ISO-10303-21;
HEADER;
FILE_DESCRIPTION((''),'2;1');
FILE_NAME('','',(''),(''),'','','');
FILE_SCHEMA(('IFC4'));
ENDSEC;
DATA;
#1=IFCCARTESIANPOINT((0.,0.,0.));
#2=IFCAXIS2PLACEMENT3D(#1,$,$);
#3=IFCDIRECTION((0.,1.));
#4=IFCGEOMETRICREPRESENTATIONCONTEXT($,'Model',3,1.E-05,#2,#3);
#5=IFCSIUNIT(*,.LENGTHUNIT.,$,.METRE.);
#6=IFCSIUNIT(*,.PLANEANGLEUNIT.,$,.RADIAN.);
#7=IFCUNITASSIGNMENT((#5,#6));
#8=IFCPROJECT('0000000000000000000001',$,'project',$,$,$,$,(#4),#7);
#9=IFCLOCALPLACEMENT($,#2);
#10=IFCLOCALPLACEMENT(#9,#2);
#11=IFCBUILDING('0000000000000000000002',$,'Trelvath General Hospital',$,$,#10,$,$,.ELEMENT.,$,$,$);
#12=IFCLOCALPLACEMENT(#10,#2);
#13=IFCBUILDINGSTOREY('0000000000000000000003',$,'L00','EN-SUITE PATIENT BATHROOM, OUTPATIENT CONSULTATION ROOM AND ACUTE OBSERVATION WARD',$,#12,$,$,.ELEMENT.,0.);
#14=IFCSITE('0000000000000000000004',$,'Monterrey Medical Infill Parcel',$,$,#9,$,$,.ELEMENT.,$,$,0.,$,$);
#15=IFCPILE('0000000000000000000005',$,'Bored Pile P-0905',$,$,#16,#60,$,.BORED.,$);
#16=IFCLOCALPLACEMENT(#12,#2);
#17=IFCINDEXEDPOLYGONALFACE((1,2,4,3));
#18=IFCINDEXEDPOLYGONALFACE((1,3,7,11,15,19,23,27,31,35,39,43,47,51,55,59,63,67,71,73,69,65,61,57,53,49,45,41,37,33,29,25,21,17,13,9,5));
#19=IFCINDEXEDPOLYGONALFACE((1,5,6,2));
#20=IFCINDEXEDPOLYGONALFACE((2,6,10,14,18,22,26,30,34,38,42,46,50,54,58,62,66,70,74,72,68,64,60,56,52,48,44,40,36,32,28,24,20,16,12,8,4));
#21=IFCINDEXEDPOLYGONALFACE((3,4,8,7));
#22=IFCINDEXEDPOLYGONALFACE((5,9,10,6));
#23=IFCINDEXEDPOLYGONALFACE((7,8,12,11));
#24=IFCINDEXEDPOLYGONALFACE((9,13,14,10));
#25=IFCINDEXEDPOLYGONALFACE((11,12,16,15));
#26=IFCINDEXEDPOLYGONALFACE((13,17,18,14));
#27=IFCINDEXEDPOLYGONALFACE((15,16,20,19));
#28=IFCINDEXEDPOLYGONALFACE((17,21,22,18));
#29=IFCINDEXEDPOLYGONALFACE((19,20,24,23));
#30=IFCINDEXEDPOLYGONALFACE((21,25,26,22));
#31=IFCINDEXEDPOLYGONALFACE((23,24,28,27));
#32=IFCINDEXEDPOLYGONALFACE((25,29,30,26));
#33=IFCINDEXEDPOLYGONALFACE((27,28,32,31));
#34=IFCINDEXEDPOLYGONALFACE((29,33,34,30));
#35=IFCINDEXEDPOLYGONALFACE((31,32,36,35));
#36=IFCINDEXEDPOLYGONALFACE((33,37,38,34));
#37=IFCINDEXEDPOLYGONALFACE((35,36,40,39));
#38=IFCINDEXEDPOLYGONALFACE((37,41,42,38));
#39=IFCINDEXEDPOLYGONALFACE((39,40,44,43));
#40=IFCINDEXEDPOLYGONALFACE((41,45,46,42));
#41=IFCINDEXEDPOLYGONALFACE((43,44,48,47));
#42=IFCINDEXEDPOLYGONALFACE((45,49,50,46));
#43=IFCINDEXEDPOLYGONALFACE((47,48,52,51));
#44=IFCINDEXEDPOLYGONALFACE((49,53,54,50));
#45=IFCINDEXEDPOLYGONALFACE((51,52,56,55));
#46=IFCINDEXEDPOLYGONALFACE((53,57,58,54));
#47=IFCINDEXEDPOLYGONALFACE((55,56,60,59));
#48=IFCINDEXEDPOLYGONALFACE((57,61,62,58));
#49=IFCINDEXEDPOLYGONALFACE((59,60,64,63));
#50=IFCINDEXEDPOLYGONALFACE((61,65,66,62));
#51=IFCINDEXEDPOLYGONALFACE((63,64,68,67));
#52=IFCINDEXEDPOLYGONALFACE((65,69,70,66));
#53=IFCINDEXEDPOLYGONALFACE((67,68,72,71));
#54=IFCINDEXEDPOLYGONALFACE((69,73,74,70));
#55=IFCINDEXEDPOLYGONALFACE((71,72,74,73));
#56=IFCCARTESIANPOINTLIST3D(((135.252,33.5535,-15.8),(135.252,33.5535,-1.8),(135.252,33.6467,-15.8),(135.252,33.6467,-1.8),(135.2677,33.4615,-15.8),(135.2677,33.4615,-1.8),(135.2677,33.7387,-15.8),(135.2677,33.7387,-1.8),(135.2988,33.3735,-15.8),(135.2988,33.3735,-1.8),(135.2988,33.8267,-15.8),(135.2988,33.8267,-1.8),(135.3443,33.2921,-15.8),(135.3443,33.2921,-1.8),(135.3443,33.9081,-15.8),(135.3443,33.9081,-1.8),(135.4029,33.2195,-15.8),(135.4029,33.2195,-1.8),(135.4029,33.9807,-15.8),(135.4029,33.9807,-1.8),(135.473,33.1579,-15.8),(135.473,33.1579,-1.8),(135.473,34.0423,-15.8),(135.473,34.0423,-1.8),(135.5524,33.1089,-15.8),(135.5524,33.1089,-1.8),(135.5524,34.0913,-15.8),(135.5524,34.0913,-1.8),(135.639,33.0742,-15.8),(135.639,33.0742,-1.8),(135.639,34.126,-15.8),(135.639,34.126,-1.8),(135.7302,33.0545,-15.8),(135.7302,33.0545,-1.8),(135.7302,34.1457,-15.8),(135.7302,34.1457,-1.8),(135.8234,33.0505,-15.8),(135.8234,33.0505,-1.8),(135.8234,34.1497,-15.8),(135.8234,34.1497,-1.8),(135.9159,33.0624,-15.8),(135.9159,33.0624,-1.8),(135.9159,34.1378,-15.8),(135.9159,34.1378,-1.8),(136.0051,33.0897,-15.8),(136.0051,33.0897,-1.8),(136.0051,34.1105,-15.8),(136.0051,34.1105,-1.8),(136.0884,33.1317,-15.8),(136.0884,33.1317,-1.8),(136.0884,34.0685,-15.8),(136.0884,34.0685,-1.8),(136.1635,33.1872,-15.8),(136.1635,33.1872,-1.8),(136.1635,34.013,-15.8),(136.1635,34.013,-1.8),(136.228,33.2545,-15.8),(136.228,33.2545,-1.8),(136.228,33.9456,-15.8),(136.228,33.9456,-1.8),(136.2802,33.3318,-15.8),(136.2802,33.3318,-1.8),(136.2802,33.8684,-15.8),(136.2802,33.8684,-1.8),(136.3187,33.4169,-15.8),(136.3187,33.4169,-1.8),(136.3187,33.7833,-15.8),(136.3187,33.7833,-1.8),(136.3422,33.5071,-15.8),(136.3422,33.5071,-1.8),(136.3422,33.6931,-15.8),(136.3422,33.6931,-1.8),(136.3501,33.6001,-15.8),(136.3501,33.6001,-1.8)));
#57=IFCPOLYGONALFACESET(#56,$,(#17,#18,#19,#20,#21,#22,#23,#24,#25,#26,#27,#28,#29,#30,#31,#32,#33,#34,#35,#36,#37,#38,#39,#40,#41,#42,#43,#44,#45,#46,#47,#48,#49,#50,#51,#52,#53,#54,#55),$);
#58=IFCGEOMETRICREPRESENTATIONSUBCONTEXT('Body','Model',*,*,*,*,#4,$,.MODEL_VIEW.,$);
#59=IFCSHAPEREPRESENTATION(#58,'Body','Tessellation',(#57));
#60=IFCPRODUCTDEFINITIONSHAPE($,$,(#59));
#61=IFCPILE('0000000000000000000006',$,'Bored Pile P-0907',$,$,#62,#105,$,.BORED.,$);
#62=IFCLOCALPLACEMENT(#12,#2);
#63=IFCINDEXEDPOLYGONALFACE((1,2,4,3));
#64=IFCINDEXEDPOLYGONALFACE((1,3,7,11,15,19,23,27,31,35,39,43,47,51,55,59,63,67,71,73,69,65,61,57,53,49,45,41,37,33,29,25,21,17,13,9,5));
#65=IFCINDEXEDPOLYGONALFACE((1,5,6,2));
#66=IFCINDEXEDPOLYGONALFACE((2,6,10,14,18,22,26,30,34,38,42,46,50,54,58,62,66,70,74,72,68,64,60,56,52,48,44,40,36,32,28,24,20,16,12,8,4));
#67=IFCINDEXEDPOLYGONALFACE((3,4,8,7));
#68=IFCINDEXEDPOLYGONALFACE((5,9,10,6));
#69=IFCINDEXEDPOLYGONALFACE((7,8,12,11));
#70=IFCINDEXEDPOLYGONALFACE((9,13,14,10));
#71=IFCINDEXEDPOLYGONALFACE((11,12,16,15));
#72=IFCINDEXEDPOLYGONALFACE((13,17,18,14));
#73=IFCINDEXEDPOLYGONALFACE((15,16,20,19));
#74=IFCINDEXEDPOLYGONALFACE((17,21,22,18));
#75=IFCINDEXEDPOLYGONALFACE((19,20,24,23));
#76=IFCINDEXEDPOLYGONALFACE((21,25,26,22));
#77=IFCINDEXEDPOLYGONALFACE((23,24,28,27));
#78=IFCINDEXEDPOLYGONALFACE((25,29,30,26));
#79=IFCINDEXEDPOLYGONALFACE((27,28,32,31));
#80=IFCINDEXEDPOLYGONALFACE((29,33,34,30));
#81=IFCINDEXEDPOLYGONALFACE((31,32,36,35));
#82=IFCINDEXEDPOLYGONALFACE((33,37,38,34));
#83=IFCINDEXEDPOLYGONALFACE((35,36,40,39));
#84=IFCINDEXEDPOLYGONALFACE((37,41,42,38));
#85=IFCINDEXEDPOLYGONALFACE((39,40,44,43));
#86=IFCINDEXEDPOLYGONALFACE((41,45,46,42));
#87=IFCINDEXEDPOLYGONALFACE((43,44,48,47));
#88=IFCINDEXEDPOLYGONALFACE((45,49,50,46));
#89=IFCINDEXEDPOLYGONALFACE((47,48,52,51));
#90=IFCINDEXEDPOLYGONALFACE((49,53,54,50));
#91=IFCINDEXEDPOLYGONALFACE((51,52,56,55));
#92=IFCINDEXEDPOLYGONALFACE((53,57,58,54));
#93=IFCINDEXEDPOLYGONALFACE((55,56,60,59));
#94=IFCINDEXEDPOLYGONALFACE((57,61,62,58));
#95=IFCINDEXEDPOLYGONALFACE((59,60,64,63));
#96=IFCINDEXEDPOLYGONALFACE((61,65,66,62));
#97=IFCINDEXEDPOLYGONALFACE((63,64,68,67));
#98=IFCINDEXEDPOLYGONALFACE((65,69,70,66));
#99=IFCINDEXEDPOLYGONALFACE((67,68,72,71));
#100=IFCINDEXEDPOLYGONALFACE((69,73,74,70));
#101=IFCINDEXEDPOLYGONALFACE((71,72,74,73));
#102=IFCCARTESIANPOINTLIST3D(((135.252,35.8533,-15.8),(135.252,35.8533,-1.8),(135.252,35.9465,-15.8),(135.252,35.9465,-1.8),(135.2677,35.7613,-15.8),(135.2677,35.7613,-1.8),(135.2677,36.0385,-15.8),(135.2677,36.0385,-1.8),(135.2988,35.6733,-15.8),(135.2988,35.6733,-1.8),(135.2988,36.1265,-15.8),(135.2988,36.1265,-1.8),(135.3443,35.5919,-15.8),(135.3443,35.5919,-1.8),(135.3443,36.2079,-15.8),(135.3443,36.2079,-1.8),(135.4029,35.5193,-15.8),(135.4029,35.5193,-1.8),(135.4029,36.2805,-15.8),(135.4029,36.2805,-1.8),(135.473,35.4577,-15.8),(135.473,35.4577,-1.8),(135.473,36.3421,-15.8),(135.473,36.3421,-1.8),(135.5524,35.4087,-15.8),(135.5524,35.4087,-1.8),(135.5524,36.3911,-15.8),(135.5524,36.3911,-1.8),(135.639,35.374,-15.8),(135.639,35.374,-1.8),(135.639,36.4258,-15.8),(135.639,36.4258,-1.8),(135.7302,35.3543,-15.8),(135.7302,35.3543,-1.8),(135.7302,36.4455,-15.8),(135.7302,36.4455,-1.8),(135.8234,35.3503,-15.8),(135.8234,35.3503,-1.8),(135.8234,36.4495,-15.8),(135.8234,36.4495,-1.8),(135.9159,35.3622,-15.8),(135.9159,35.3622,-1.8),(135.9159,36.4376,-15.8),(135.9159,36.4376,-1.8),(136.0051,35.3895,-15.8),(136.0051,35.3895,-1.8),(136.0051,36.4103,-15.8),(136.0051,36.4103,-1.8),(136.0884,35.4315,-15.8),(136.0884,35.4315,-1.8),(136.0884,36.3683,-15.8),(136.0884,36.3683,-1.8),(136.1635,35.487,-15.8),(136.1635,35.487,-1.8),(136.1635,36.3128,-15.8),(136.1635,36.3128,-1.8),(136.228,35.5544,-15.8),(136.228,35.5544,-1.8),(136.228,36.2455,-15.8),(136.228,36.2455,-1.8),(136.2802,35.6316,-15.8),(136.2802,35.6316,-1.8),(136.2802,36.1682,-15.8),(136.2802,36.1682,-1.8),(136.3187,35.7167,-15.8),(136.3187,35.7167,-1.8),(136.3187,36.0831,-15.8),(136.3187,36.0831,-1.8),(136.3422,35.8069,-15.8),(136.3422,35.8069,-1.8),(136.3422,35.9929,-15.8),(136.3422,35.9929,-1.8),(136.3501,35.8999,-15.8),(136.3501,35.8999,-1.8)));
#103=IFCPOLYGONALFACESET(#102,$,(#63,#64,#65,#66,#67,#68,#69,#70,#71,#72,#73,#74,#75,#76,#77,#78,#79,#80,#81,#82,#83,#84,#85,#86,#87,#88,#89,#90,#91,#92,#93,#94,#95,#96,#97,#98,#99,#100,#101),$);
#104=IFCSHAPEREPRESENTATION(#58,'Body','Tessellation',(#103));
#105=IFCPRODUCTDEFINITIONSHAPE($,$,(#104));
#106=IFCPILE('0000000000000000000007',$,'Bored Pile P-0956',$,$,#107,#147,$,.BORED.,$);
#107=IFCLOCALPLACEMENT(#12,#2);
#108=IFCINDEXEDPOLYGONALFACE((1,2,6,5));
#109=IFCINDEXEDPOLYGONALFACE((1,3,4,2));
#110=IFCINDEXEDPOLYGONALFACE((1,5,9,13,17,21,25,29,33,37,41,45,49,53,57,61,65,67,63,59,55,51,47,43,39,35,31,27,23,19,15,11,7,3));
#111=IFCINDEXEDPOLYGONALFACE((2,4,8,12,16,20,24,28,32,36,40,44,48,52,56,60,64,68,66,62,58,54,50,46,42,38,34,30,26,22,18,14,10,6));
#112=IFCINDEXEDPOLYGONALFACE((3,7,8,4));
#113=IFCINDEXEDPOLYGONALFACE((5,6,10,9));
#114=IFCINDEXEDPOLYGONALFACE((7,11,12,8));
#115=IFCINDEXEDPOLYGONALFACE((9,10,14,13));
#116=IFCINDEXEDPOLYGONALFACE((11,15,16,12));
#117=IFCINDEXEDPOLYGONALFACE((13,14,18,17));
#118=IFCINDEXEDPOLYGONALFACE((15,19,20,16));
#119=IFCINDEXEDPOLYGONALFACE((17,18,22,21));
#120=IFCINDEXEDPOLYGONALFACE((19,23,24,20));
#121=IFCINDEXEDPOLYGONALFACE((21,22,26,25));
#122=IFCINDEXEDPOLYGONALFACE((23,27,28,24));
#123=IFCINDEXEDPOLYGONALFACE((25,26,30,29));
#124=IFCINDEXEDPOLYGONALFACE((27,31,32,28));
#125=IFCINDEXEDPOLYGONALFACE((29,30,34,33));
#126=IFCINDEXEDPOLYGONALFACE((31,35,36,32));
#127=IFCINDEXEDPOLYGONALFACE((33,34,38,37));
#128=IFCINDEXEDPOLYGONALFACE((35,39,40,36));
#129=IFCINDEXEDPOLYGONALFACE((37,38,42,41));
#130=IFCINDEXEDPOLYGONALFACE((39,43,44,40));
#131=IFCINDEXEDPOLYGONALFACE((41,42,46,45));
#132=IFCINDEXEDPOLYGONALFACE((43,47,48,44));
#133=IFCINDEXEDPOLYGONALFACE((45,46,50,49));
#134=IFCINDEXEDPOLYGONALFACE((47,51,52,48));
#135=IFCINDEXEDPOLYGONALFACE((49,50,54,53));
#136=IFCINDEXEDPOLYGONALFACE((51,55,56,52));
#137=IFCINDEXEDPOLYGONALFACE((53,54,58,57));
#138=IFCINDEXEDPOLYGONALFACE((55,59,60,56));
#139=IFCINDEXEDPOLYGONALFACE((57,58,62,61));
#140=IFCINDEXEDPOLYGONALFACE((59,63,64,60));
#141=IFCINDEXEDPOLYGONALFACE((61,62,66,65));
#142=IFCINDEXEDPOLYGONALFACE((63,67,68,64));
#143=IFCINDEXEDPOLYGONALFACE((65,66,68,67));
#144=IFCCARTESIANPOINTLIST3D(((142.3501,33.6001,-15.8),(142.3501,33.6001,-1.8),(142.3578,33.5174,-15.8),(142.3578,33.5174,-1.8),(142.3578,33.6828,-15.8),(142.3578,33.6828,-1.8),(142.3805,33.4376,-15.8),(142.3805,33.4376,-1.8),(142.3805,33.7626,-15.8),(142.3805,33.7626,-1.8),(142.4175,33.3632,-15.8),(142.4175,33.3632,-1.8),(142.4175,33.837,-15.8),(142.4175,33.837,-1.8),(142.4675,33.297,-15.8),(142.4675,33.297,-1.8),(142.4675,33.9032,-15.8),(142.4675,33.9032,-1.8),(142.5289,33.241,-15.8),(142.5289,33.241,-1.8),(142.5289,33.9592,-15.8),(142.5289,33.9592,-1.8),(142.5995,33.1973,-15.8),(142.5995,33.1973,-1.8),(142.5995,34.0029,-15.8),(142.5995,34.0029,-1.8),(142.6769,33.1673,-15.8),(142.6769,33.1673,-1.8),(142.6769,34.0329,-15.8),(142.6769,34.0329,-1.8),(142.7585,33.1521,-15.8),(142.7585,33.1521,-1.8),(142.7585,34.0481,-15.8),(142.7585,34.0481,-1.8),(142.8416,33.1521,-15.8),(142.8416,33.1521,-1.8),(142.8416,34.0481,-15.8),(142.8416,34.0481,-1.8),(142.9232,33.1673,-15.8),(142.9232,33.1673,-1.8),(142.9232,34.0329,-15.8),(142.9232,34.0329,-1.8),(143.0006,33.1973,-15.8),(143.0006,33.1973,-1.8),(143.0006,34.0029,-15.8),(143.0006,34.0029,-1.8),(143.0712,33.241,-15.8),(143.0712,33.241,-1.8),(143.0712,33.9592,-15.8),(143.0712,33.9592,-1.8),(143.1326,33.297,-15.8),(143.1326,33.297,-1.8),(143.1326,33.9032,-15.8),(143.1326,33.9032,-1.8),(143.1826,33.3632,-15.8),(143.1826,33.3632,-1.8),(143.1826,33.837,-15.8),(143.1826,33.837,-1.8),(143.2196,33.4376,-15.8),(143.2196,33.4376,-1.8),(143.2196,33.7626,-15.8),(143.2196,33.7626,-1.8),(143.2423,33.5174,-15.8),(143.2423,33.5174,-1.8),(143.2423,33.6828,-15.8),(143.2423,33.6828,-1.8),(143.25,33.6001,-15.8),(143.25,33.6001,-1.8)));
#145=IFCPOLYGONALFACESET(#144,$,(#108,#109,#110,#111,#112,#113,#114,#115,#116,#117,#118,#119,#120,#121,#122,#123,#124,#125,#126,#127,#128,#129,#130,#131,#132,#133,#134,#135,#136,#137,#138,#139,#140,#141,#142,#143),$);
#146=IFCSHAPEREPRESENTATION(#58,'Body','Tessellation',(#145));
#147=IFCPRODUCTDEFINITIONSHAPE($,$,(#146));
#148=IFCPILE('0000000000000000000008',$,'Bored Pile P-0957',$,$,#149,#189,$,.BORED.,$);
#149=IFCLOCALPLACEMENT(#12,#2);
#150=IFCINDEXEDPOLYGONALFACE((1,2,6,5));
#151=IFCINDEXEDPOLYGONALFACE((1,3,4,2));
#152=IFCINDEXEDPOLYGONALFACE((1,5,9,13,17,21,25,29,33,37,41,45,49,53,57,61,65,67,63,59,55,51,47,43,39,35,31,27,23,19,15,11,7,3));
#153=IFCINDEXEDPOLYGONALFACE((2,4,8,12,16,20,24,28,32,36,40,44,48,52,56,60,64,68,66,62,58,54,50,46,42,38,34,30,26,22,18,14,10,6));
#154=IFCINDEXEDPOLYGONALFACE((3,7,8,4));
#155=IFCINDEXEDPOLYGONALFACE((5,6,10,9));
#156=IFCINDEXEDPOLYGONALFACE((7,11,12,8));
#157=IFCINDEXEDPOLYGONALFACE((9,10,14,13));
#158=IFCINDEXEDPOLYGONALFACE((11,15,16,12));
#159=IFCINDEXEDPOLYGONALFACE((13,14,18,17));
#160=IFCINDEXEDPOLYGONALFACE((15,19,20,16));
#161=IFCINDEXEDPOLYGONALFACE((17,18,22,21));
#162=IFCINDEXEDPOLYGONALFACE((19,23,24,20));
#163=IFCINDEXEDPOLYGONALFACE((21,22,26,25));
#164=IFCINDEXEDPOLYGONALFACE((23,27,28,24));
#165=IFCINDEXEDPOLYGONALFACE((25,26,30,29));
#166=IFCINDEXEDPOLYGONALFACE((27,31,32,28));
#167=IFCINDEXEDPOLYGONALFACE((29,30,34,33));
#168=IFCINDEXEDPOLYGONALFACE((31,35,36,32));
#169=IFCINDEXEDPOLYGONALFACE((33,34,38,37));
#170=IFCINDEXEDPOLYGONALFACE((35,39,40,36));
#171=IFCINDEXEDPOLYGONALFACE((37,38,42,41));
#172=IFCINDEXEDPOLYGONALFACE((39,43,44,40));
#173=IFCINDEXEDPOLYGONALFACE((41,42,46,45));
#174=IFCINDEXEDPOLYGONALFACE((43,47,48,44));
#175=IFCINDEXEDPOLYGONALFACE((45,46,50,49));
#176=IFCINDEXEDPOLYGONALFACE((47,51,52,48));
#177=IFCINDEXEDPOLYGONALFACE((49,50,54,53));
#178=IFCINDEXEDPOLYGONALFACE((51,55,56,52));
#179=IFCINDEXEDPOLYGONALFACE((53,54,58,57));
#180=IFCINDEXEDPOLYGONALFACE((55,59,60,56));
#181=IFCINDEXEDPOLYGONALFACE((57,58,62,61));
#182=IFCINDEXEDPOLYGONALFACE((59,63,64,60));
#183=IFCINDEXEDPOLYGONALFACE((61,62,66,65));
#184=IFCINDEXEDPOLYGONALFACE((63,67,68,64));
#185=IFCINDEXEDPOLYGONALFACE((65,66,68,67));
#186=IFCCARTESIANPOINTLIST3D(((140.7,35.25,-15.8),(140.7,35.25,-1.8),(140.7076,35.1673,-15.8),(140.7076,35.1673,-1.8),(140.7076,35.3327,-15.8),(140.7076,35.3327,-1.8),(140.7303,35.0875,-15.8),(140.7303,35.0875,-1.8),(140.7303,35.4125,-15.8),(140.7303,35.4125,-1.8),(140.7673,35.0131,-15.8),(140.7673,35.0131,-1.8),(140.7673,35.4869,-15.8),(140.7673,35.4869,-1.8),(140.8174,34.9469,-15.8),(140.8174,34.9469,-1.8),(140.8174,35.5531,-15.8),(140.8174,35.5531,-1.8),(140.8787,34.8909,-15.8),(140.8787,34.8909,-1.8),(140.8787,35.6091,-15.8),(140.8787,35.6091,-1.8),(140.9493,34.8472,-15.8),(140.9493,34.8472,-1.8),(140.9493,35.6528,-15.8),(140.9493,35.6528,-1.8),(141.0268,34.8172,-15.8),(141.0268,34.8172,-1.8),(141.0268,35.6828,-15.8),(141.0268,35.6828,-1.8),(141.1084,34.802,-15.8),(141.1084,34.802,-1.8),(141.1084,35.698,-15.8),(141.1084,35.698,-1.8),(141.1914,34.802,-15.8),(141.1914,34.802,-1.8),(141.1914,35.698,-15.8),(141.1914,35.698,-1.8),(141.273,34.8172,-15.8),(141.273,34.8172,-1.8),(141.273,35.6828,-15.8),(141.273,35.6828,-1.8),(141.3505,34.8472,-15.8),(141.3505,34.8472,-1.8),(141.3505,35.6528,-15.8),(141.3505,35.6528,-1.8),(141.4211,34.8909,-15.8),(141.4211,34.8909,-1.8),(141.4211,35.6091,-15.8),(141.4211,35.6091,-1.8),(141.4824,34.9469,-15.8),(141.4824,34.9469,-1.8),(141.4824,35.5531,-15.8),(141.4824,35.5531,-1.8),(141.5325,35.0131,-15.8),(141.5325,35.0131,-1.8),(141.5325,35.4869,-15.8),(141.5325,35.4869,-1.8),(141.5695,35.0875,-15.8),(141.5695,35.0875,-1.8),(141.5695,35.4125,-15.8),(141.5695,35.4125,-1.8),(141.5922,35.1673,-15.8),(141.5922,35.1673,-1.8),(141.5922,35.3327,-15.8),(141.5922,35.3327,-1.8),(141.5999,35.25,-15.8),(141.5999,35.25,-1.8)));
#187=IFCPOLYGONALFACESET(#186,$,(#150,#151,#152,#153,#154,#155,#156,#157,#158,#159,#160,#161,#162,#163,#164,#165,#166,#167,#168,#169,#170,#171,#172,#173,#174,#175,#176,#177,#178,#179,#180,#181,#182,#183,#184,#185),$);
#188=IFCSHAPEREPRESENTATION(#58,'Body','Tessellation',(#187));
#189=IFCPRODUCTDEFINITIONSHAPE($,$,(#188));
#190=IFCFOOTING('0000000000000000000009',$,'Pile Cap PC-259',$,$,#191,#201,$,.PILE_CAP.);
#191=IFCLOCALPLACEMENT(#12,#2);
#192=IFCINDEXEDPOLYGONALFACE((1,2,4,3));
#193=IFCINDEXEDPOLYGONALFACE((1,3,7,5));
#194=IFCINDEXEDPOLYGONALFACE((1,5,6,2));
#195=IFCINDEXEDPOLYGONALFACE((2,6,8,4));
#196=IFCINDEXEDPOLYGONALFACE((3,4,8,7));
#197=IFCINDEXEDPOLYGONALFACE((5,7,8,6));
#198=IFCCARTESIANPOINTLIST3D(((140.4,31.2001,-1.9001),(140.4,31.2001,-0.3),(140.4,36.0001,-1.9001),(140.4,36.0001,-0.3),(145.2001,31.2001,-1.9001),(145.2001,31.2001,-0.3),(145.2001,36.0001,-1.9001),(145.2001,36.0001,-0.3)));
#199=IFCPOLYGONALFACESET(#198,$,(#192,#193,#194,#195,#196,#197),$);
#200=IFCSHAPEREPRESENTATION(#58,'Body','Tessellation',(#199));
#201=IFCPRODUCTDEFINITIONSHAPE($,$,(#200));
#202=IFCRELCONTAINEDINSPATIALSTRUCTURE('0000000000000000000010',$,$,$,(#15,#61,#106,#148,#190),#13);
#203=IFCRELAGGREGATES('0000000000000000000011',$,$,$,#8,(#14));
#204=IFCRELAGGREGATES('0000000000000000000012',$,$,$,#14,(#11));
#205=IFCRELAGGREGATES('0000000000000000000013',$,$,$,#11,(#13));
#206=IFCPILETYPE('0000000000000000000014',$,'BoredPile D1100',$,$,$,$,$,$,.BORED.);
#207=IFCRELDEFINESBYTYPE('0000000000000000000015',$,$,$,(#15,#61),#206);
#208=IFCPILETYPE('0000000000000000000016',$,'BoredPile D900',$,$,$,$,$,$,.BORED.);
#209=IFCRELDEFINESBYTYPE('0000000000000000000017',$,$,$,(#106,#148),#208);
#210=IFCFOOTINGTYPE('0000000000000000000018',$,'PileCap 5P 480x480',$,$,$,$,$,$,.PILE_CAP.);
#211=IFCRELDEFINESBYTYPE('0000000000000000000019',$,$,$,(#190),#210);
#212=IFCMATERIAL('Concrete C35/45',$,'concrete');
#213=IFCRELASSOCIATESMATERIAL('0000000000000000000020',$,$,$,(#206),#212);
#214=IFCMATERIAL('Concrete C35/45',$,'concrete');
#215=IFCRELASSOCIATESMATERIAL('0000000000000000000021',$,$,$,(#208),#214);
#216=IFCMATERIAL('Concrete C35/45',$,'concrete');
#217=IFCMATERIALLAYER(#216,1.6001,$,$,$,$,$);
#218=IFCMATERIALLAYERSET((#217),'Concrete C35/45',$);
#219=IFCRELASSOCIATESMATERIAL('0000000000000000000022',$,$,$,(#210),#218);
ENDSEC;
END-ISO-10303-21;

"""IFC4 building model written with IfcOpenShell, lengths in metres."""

from ifc_helpers import new_model, si_unit, direction, frame, origin, origin_2d, place, context, subcontext, project, spatial, rectangle, circle, extrude, material, layer, layer_set, material_profile, profile_set, type_object, element, save


model = new_model("IFC4")

# Units and contexts
model_context = context("Model", 3, precision=1e-05, world=origin(), true_north=direction((0.0, 1.0)))
body_context = subcontext(model_context, "Body", "Model", "MODEL_VIEW")
ifc_project = project(units=[si_unit("LENGTHUNIT", "METRE"), si_unit("PLANEANGLEUNIT", "RADIAN")], contexts=[model_context])

# Site, building, storey
site_placement = place(None, origin())
site = spatial("IfcSite", under=ifc_project, at=site_placement, Name="Monterrey Medical Infill Parcel", CompositionType="ELEMENT", RefElevation=0.0)
building_placement = place(site_placement, origin())
building = spatial("IfcBuilding", under=site, at=building_placement, Name="Trelvath General Hospital", CompositionType="ELEMENT")
storey_placement = place(building_placement, origin())
storey = spatial("IfcBuildingStorey", under=building, at=storey_placement, Name="L00", Description="EN-SUITE PATIENT BATHROOM, OUTPATIENT CONSULTATION ROOM AND ACUTE OBSERVATION WARD", CompositionType="ELEMENT", Elevation=0.0)

# Piles
ifc_material_1 = material(Name="Concrete C35/45", Category="concrete")
ifc_material_profile_1 = material_profile(ifc_material_1, circle(Radius=0.55, at=origin_2d()), Name="PILE1100")
ifc_profile_set_1 = profile_set([ifc_material_profile_1], Name="Concrete C35/45")
pile_type_1 = type_object("IfcPileType", Name="BoredPile D1100", PredefinedType="BORED", material=ifc_profile_set_1)
for number, where, z_axis, x_axis, name in (
    (1, (135.8, 33.6001, -1.8), (0.0, 0.0, -1.0), (1.0, 0.0, 0.0), "Bored Pile P-0905"),
    (2, (135.8, 35.8999, -1.8), (0.0, 0.0, -1.0), (1.0, 0.0, 0.0), "Bored Pile P-0907"),
):
    element("IfcPile", number, at=place(storey_placement, frame(where, z_axis=z_axis, x_axis=x_axis)), inside=storey, type_object=pile_type_1, Name=name, PredefinedType="BORED", context=body_context, shape_type="SweptSolid", body=[
        extrude(circle(Radius=0.55, at=origin_2d()), origin(), (0.0, 0.0, 1.0), 14.0),
    ])
ifc_material_2 = material(Name="Concrete C35/45", Category="concrete")
ifc_material_profile_2 = material_profile(ifc_material_2, circle(Radius=0.45, at=origin_2d()), Name="PILE900")
ifc_profile_set_2 = profile_set([ifc_material_profile_2], Name="Concrete C35/45")
pile_type_2 = type_object("IfcPileType", Name="BoredPile D900", PredefinedType="BORED", material=ifc_profile_set_2)
for number, where, z_axis, x_axis, name in (
    (3, (142.8, 33.6001, -1.8), (0.0, 0.0, -1.0), (1.0, 0.0, 0.0), "Bored Pile P-0956"),
    (4, (141.1499, 35.25, -1.8), (0.0, 0.0, -1.0), (1.0, 0.0, 0.0), "Bored Pile P-0957"),
):
    element("IfcPile", number, at=place(storey_placement, frame(where, z_axis=z_axis, x_axis=x_axis)), inside=storey, type_object=pile_type_2, Name=name, PredefinedType="BORED", context=body_context, shape_type="SweptSolid", body=[
        extrude(circle(Radius=0.45, at=origin_2d()), origin(), (0.0, 0.0, 1.0), 14.0),
    ])

# Footing
ifc_material_3 = material(Name="Concrete C35/45", Category="concrete")
ifc_layer_1 = layer(ifc_material_3, 1.6001)
ifc_layer_set_1 = layer_set([ifc_layer_1], Name="Concrete C35/45")
footing_type_1 = type_object("IfcFootingType", Name="PileCap 5P 480x480", PredefinedType="PILE_CAP", material=ifc_layer_set_1)
footing_1_placement = place(storey_placement, frame((142.8, 33.6001, -1.9001), z_axis=(0.0, 0.0, 1.0), x_axis=(1.0, 0.0, 0.0)))
element("IfcFooting", 5, at=footing_1_placement, inside=storey, type_object=footing_type_1, Name="Pile Cap PC-259", PredefinedType="PILE_CAP", context=body_context, shape_type="SweptSolid", body=[
    extrude(rectangle(XDim=4.8, YDim=4.8, at=origin_2d()), origin(), (0.0, 0.0, 1.0), 1.6001),
])

save(model, "model.ifc")
